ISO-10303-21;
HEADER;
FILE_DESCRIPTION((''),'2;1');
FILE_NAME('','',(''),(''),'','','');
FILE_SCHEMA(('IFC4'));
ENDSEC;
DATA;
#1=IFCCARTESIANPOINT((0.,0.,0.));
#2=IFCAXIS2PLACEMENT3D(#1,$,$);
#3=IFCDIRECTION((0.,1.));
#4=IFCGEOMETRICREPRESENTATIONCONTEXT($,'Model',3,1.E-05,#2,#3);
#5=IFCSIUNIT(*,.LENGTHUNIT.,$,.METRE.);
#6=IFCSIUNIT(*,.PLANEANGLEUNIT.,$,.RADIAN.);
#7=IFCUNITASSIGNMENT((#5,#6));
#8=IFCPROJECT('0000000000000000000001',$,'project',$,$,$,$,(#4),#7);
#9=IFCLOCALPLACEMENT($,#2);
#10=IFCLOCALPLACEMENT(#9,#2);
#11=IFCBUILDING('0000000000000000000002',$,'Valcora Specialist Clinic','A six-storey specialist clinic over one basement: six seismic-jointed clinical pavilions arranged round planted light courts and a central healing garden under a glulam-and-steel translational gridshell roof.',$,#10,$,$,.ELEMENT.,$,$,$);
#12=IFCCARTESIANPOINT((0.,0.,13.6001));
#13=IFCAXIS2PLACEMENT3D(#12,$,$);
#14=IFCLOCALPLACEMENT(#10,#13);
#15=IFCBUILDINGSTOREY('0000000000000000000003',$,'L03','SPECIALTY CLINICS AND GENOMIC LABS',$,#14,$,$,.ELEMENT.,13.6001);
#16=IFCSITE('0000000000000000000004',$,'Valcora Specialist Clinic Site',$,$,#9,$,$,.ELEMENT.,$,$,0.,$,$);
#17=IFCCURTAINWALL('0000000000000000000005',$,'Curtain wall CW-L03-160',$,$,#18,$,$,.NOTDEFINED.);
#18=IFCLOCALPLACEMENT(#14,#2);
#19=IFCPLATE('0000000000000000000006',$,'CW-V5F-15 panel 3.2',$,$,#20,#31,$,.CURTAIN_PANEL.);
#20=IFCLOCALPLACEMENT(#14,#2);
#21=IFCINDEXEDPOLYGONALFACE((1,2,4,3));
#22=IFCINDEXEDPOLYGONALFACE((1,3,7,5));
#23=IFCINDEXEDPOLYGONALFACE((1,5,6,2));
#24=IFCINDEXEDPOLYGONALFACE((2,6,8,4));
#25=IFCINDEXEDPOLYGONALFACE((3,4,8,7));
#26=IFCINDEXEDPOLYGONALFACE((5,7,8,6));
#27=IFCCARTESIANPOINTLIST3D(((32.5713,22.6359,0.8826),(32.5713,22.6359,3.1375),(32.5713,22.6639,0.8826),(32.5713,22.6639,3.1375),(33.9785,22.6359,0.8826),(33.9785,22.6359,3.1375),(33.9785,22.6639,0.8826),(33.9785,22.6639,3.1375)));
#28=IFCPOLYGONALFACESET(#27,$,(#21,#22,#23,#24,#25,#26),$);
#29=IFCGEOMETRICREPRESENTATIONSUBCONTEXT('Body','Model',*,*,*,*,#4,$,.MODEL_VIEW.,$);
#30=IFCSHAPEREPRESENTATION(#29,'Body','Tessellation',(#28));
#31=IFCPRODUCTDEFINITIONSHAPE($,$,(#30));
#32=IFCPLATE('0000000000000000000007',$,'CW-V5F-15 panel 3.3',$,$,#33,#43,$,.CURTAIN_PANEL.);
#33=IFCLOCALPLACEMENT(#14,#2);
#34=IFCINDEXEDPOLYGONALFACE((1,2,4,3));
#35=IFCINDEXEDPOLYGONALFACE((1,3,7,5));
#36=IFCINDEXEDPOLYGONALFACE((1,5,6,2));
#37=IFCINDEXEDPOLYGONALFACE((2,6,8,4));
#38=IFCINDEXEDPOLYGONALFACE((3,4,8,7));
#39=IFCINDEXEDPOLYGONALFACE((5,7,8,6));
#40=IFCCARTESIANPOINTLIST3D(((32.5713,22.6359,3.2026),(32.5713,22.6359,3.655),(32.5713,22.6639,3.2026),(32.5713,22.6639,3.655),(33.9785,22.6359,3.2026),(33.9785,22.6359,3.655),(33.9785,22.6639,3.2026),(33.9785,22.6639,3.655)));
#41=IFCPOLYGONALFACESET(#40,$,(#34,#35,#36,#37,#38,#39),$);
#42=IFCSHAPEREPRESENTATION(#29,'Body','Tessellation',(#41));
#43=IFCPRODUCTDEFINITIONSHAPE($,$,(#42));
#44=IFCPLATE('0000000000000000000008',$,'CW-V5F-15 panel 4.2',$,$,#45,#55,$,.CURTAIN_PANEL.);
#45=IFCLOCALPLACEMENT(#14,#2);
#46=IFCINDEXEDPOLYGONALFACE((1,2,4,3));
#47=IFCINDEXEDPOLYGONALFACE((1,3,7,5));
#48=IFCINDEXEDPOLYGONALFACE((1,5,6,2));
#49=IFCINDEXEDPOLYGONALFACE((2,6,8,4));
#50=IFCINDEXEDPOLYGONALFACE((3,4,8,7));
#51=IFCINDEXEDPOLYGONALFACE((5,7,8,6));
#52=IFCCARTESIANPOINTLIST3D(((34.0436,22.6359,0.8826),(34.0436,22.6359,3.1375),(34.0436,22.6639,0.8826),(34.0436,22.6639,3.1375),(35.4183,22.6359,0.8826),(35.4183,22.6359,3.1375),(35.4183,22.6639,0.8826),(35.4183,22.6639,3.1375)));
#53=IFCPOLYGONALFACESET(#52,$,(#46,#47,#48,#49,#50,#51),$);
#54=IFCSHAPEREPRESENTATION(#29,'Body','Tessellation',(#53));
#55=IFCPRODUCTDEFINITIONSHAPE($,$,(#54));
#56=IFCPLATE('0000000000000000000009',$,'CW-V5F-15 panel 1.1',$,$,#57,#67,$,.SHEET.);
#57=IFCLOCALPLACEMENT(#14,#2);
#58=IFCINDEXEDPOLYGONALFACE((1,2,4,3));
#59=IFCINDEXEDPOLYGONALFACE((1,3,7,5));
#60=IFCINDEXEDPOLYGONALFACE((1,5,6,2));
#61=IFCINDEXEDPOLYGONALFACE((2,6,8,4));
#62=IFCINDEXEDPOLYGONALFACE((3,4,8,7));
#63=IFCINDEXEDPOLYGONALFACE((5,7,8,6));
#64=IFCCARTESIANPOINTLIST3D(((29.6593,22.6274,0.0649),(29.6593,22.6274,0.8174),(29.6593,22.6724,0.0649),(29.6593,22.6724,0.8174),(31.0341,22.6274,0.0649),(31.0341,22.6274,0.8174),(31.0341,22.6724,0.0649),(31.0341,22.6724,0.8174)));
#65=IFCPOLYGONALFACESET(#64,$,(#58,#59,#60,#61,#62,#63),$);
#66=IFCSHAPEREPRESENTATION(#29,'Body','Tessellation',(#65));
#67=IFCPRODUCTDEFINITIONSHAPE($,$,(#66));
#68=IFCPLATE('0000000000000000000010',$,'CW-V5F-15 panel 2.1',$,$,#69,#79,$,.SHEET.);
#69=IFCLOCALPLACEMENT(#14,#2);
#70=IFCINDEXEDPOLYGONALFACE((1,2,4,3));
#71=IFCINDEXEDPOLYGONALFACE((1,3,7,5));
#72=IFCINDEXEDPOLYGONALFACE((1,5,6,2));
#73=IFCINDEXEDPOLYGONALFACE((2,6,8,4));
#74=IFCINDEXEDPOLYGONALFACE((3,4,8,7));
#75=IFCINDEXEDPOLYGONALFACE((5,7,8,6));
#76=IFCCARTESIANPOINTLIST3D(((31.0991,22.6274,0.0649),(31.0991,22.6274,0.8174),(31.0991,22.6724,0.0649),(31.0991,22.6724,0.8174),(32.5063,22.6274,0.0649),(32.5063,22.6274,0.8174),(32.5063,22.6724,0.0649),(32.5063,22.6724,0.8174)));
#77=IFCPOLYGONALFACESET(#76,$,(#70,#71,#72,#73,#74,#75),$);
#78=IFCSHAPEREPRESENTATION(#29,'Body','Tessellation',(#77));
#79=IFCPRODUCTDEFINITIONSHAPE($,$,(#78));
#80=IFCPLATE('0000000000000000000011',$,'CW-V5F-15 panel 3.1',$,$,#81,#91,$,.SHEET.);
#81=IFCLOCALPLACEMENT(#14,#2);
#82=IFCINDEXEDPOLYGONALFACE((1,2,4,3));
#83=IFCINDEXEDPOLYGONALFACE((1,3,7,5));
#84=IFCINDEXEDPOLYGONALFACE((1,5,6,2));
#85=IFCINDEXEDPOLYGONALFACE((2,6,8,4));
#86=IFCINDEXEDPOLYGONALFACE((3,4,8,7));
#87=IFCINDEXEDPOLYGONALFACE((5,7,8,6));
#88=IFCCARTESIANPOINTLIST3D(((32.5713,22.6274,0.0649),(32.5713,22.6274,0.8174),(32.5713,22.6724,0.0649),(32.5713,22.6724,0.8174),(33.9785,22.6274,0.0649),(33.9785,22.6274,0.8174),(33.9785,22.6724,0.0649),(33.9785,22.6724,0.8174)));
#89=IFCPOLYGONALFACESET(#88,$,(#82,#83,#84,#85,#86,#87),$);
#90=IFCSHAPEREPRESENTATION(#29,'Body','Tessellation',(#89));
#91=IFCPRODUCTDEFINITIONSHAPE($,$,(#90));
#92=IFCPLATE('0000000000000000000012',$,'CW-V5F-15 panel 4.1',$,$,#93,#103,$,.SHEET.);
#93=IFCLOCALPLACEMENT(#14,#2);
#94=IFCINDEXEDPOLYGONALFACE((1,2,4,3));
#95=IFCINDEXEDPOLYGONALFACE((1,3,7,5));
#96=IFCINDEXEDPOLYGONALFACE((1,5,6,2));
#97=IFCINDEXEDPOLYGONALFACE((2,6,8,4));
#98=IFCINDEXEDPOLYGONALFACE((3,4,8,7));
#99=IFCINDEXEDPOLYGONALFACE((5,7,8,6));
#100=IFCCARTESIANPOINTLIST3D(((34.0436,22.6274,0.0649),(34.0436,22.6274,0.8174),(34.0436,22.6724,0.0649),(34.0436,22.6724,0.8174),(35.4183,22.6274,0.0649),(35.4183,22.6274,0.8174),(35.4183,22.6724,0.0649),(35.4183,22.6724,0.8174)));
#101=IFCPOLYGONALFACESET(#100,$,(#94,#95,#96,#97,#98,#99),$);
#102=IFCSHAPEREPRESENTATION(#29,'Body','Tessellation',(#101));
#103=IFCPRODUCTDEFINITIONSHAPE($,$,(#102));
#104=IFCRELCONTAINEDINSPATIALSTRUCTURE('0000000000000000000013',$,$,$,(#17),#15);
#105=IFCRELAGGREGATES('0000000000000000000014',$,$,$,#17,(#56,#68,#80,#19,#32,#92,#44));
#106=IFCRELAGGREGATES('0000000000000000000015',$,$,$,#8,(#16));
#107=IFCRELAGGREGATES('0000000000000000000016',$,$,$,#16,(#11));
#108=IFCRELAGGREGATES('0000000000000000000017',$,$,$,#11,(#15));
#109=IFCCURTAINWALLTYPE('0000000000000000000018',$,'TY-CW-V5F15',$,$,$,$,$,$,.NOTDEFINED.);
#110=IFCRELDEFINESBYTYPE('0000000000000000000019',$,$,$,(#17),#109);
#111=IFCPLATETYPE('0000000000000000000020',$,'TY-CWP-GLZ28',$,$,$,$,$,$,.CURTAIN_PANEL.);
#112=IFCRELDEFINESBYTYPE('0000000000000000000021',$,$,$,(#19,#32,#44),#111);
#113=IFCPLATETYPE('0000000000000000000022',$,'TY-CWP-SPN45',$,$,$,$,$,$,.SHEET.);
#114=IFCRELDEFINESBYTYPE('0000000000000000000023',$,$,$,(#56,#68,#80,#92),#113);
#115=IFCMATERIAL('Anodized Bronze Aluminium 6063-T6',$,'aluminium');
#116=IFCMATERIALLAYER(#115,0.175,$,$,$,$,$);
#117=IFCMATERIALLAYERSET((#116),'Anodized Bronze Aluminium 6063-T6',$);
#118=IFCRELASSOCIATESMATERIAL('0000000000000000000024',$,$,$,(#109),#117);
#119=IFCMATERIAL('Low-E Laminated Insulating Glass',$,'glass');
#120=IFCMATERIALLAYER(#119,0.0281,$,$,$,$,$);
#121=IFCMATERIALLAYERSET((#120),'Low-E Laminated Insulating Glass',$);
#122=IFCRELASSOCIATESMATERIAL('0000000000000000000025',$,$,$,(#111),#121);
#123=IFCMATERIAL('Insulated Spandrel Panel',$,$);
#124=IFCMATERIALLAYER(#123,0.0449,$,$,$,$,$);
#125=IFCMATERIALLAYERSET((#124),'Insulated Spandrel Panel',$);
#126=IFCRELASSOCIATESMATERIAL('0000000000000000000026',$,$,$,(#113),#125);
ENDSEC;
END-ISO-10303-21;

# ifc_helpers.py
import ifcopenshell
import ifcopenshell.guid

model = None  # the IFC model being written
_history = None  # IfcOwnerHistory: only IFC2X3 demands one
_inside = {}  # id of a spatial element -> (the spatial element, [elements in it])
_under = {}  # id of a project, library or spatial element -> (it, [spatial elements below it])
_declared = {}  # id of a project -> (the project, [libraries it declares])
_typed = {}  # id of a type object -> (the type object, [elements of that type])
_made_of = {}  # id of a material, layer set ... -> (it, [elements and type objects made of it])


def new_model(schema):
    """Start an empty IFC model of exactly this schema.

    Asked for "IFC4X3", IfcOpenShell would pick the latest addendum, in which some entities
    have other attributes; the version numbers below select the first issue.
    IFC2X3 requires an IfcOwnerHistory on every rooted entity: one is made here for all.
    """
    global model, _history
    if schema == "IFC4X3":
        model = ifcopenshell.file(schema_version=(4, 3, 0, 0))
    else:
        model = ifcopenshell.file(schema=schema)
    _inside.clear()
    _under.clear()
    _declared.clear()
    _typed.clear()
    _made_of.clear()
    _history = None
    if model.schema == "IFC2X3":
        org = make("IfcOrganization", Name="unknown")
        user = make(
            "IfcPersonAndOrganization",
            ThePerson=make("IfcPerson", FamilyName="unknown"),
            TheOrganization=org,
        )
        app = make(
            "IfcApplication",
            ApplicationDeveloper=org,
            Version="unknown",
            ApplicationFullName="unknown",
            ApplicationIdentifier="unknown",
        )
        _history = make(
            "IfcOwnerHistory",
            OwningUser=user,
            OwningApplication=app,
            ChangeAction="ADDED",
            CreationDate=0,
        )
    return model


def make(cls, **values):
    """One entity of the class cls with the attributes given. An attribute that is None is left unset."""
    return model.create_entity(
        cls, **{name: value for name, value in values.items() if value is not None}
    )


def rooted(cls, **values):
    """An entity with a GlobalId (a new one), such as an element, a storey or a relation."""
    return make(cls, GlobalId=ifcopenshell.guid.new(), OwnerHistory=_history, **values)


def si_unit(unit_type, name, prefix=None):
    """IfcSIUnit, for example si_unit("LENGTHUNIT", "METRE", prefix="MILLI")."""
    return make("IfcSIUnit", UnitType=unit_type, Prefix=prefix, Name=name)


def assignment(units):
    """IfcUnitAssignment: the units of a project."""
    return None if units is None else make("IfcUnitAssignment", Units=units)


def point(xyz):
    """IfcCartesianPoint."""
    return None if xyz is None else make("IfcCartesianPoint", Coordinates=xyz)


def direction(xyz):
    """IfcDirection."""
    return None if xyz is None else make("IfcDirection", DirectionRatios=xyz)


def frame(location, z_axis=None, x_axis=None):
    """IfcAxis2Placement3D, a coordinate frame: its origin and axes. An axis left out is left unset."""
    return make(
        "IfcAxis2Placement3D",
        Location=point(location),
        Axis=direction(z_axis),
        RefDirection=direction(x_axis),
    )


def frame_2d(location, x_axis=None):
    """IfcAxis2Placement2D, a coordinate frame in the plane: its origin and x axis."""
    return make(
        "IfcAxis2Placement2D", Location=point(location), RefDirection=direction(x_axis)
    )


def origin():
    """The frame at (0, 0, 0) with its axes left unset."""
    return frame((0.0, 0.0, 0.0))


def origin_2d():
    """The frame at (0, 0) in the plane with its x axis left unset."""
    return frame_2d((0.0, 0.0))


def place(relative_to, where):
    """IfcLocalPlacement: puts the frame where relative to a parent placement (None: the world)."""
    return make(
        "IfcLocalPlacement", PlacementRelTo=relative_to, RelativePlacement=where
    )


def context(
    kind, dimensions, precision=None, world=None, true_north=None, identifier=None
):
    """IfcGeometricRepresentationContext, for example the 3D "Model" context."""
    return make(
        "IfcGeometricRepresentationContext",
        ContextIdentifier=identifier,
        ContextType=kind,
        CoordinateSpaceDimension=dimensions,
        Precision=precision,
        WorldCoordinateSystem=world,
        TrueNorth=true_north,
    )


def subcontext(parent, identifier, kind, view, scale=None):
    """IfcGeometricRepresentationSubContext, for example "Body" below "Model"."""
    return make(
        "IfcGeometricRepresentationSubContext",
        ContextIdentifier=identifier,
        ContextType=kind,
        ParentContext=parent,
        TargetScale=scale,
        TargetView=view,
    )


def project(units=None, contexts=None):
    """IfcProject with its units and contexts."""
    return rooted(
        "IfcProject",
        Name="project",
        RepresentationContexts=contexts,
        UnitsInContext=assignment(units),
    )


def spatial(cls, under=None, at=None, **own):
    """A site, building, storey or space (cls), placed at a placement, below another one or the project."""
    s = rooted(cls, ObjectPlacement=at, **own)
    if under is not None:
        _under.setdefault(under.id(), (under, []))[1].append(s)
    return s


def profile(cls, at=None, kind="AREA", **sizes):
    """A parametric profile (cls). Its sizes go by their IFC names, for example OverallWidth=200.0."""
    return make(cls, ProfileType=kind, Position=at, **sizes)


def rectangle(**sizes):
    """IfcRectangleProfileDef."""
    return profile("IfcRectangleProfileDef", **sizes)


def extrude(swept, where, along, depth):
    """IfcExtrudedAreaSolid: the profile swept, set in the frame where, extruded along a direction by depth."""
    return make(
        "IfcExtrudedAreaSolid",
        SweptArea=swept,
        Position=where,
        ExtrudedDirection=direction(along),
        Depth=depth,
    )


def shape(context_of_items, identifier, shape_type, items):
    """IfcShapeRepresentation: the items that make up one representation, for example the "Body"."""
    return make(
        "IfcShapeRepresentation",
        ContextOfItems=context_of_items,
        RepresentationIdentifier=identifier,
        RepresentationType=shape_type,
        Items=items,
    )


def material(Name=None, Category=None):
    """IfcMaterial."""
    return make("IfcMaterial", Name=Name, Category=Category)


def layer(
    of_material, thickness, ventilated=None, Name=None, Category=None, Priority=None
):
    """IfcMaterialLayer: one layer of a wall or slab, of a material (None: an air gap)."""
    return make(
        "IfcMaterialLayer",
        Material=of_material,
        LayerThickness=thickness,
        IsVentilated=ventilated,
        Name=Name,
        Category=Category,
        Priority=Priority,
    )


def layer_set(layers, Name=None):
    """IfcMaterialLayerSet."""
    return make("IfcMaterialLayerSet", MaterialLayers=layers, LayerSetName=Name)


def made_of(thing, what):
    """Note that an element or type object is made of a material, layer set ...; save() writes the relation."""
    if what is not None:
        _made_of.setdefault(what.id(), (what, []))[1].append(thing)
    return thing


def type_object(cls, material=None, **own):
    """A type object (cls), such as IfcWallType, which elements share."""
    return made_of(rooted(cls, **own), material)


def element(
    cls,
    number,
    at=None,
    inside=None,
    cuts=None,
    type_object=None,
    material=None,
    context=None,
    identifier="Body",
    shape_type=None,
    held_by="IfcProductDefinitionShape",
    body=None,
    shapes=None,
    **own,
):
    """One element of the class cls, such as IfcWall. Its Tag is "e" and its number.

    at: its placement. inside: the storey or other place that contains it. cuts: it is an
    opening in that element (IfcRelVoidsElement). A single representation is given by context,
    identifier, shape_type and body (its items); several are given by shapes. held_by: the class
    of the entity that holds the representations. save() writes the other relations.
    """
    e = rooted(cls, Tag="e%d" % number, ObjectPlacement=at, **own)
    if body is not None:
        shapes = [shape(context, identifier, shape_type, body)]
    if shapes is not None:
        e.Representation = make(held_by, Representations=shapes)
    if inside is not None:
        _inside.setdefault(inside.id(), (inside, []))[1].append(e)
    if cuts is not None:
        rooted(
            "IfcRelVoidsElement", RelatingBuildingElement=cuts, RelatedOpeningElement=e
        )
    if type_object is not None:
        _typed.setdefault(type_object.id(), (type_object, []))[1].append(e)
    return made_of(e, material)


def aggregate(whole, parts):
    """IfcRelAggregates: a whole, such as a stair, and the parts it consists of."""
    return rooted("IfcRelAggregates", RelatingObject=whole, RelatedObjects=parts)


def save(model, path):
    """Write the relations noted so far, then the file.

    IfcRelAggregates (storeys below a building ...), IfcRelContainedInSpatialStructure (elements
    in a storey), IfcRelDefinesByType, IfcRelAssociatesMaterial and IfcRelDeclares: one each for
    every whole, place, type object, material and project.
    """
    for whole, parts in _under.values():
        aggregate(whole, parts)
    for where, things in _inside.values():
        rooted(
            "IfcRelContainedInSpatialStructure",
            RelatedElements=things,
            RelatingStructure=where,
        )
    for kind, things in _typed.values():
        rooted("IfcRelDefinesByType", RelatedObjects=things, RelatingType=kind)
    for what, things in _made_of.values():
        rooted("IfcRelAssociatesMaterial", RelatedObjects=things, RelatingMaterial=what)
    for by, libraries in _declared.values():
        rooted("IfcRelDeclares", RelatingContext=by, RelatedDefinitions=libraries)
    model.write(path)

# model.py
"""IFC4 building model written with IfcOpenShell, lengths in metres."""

from ifc_helpers import new_model, si_unit, direction, frame, origin, origin_2d, place, context, subcontext, project, spatial, rectangle, extrude, material, layer, layer_set, type_object, element, aggregate, save


model = new_model("IFC4")

# Units and contexts
model_context = context("Model", 3, precision=1e-05, world=origin(), true_north=direction((0.0, 1.0)))
body_context = subcontext(model_context, "Body", "Model", "MODEL_VIEW")
ifc_project = project(units=[si_unit("LENGTHUNIT", "METRE"), si_unit("PLANEANGLEUNIT", "RADIAN")], contexts=[model_context])

# Site, building, storey
site_placement = place(None, origin())
site = spatial("IfcSite", under=ifc_project, at=site_placement, Name="Valcora Specialist Clinic Site", CompositionType="ELEMENT", RefElevation=0.0)
building_placement = place(site_placement, origin())
building = spatial("IfcBuilding", under=site, at=building_placement, Name="Valcora Specialist Clinic", Description="A six-storey specialist clinic over one basement: six seismic-jointed clinical pavilions arranged round planted light courts and a central healing garden under a glulam-and-steel translational gridshell roof.", CompositionType="ELEMENT")
storey_placement = place(building_placement, frame((0.0, 0.0, 13.6001)))
storey = spatial("IfcBuildingStorey", under=building, at=storey_placement, Name="L03", Description="SPECIALTY CLINICS AND GENOMIC LABS", CompositionType="ELEMENT", Elevation=13.6001)

# Curtain wall, plates
ifc_material_1 = material(Name="Anodized Bronze Aluminium 6063-T6", Category="aluminium")
ifc_layer_1 = layer(ifc_material_1, 0.175)
ifc_layer_set_1 = layer_set([ifc_layer_1], Name="Anodized Bronze Aluminium 6063-T6")
curtain_wall_type = type_object("IfcCurtainWallType", Name="TY-CW-V5F15", PredefinedType="NOTDEFINED", material=ifc_layer_set_1)
curtain_wall_placement = place(storey_placement, origin())
curtain_wall = element("IfcCurtainWall", 1, at=curtain_wall_placement, inside=storey, type_object=curtain_wall_type, Name="Curtain wall CW-L03-160", PredefinedType="NOTDEFINED")
ifc_material_2 = material(Name="Low-E Laminated Insulating Glass", Category="glass")
ifc_layer_2 = layer(ifc_material_2, 0.0281)
ifc_layer_set_2 = layer_set([ifc_layer_2], Name="Low-E Laminated Insulating Glass")
plate_type_1 = type_object("IfcPlateType", Name="TY-CWP-GLZ28", PredefinedType="CURTAIN_PANEL", material=ifc_layer_set_2)
plate_1_placement = place(storey_placement, frame((33.2749, 22.6499, 0.8826), z_axis=(0.0, 0.0, 1.0), x_axis=(1.0, 0.0, 0.0)))
plate_1 = element("IfcPlate", 2, at=plate_1_placement, type_object=plate_type_1, Name="CW-V5F-15 panel 3.2", PredefinedType="CURTAIN_PANEL", context=body_context, shape_type="SweptSolid", body=[
    extrude(rectangle(XDim=1.4072, YDim=0.0281, at=origin_2d()), origin(), (0.0, 0.0, 1.0), 2.2549),
])
plate_2_placement = place(storey_placement, frame((33.2749, 22.6499, 3.2026), z_axis=(0.0, 0.0, 1.0), x_axis=(1.0, 0.0, 0.0)))
plate_2 = element("IfcPlate", 3, at=plate_2_placement, type_object=plate_type_1, Name="CW-V5F-15 panel 3.3", PredefinedType="CURTAIN_PANEL", context=body_context, shape_type="SweptSolid", body=[
    extrude(rectangle(XDim=1.4072, YDim=0.0281, at=origin_2d()), origin(), (0.0, 0.0, 1.0), 0.4524),
])
plate_3_placement = place(storey_placement, frame((34.731, 22.6499, 0.8826), z_axis=(0.0, 0.0, 1.0), x_axis=(1.0, 0.0, 0.0)))
plate_3 = element("IfcPlate", 4, at=plate_3_placement, type_object=plate_type_1, Name="CW-V5F-15 panel 4.2", PredefinedType="CURTAIN_PANEL", context=body_context, shape_type="SweptSolid", body=[
    extrude(rectangle(XDim=1.3748, YDim=0.0281, at=origin_2d()), origin(), (0.0, 0.0, 1.0), 2.2549),
])
ifc_material_3 = material(Name="Insulated Spandrel Panel")
ifc_layer_3 = layer(ifc_material_3, 0.0449)
ifc_layer_set_3 = layer_set([ifc_layer_3], Name="Insulated Spandrel Panel")
plate_type_2 = type_object("IfcPlateType", Name="TY-CWP-SPN45", PredefinedType="SHEET", material=ifc_layer_set_3)
plate_4_placement = place(storey_placement, frame((30.3467, 22.6499, 0.0649), z_axis=(0.0, 0.0, 1.0), x_axis=(1.0, 0.0, 0.0)))
plate_4 = element("IfcPlate", 5, at=plate_4_placement, type_object=plate_type_2, Name="CW-V5F-15 panel 1.1", PredefinedType="SHEET", context=body_context, shape_type="SweptSolid", body=[
    extrude(rectangle(XDim=1.3748, YDim=0.0449, at=origin_2d()), origin(), (0.0, 0.0, 1.0), 0.7524),
])
plate_5_placement = place(storey_placement, frame((31.8027, 22.6499, 0.0649), z_axis=(0.0, 0.0, 1.0), x_axis=(1.0, 0.0, 0.0)))
plate_5 = element("IfcPlate", 6, at=plate_5_placement, type_object=plate_type_2, Name="CW-V5F-15 panel 2.1", PredefinedType="SHEET", context=body_context, shape_type="SweptSolid", body=[
    extrude(rectangle(XDim=1.4072, YDim=0.0449, at=origin_2d()), origin(), (0.0, 0.0, 1.0), 0.7524),
])
plate_6_placement = place(storey_placement, frame((33.2749, 22.6499, 0.0649), z_axis=(0.0, 0.0, 1.0), x_axis=(1.0, 0.0, 0.0)))
plate_6 = element("IfcPlate", 7, at=plate_6_placement, type_object=plate_type_2, Name="CW-V5F-15 panel 3.1", PredefinedType="SHEET", context=body_context, shape_type="SweptSolid", body=[
    extrude(rectangle(XDim=1.4072, YDim=0.0449, at=origin_2d()), origin(), (0.0, 0.0, 1.0), 0.7524),
])
plate_7_placement = place(storey_placement, frame((34.731, 22.6499, 0.0649), z_axis=(0.0, 0.0, 1.0), x_axis=(1.0, 0.0, 0.0)))
plate_7 = element("IfcPlate", 8, at=plate_7_placement, type_object=plate_type_2, Name="CW-V5F-15 panel 4.1", PredefinedType="SHEET", context=body_context, shape_type="SweptSolid", body=[
    extrude(rectangle(XDim=1.3748, YDim=0.0449, at=origin_2d()), origin(), (0.0, 0.0, 1.0), 0.7524),
])
aggregate(curtain_wall, [plate_4, plate_5, plate_6, plate_1, plate_2, plate_7, plate_3])

save(model, "model.ifc")
